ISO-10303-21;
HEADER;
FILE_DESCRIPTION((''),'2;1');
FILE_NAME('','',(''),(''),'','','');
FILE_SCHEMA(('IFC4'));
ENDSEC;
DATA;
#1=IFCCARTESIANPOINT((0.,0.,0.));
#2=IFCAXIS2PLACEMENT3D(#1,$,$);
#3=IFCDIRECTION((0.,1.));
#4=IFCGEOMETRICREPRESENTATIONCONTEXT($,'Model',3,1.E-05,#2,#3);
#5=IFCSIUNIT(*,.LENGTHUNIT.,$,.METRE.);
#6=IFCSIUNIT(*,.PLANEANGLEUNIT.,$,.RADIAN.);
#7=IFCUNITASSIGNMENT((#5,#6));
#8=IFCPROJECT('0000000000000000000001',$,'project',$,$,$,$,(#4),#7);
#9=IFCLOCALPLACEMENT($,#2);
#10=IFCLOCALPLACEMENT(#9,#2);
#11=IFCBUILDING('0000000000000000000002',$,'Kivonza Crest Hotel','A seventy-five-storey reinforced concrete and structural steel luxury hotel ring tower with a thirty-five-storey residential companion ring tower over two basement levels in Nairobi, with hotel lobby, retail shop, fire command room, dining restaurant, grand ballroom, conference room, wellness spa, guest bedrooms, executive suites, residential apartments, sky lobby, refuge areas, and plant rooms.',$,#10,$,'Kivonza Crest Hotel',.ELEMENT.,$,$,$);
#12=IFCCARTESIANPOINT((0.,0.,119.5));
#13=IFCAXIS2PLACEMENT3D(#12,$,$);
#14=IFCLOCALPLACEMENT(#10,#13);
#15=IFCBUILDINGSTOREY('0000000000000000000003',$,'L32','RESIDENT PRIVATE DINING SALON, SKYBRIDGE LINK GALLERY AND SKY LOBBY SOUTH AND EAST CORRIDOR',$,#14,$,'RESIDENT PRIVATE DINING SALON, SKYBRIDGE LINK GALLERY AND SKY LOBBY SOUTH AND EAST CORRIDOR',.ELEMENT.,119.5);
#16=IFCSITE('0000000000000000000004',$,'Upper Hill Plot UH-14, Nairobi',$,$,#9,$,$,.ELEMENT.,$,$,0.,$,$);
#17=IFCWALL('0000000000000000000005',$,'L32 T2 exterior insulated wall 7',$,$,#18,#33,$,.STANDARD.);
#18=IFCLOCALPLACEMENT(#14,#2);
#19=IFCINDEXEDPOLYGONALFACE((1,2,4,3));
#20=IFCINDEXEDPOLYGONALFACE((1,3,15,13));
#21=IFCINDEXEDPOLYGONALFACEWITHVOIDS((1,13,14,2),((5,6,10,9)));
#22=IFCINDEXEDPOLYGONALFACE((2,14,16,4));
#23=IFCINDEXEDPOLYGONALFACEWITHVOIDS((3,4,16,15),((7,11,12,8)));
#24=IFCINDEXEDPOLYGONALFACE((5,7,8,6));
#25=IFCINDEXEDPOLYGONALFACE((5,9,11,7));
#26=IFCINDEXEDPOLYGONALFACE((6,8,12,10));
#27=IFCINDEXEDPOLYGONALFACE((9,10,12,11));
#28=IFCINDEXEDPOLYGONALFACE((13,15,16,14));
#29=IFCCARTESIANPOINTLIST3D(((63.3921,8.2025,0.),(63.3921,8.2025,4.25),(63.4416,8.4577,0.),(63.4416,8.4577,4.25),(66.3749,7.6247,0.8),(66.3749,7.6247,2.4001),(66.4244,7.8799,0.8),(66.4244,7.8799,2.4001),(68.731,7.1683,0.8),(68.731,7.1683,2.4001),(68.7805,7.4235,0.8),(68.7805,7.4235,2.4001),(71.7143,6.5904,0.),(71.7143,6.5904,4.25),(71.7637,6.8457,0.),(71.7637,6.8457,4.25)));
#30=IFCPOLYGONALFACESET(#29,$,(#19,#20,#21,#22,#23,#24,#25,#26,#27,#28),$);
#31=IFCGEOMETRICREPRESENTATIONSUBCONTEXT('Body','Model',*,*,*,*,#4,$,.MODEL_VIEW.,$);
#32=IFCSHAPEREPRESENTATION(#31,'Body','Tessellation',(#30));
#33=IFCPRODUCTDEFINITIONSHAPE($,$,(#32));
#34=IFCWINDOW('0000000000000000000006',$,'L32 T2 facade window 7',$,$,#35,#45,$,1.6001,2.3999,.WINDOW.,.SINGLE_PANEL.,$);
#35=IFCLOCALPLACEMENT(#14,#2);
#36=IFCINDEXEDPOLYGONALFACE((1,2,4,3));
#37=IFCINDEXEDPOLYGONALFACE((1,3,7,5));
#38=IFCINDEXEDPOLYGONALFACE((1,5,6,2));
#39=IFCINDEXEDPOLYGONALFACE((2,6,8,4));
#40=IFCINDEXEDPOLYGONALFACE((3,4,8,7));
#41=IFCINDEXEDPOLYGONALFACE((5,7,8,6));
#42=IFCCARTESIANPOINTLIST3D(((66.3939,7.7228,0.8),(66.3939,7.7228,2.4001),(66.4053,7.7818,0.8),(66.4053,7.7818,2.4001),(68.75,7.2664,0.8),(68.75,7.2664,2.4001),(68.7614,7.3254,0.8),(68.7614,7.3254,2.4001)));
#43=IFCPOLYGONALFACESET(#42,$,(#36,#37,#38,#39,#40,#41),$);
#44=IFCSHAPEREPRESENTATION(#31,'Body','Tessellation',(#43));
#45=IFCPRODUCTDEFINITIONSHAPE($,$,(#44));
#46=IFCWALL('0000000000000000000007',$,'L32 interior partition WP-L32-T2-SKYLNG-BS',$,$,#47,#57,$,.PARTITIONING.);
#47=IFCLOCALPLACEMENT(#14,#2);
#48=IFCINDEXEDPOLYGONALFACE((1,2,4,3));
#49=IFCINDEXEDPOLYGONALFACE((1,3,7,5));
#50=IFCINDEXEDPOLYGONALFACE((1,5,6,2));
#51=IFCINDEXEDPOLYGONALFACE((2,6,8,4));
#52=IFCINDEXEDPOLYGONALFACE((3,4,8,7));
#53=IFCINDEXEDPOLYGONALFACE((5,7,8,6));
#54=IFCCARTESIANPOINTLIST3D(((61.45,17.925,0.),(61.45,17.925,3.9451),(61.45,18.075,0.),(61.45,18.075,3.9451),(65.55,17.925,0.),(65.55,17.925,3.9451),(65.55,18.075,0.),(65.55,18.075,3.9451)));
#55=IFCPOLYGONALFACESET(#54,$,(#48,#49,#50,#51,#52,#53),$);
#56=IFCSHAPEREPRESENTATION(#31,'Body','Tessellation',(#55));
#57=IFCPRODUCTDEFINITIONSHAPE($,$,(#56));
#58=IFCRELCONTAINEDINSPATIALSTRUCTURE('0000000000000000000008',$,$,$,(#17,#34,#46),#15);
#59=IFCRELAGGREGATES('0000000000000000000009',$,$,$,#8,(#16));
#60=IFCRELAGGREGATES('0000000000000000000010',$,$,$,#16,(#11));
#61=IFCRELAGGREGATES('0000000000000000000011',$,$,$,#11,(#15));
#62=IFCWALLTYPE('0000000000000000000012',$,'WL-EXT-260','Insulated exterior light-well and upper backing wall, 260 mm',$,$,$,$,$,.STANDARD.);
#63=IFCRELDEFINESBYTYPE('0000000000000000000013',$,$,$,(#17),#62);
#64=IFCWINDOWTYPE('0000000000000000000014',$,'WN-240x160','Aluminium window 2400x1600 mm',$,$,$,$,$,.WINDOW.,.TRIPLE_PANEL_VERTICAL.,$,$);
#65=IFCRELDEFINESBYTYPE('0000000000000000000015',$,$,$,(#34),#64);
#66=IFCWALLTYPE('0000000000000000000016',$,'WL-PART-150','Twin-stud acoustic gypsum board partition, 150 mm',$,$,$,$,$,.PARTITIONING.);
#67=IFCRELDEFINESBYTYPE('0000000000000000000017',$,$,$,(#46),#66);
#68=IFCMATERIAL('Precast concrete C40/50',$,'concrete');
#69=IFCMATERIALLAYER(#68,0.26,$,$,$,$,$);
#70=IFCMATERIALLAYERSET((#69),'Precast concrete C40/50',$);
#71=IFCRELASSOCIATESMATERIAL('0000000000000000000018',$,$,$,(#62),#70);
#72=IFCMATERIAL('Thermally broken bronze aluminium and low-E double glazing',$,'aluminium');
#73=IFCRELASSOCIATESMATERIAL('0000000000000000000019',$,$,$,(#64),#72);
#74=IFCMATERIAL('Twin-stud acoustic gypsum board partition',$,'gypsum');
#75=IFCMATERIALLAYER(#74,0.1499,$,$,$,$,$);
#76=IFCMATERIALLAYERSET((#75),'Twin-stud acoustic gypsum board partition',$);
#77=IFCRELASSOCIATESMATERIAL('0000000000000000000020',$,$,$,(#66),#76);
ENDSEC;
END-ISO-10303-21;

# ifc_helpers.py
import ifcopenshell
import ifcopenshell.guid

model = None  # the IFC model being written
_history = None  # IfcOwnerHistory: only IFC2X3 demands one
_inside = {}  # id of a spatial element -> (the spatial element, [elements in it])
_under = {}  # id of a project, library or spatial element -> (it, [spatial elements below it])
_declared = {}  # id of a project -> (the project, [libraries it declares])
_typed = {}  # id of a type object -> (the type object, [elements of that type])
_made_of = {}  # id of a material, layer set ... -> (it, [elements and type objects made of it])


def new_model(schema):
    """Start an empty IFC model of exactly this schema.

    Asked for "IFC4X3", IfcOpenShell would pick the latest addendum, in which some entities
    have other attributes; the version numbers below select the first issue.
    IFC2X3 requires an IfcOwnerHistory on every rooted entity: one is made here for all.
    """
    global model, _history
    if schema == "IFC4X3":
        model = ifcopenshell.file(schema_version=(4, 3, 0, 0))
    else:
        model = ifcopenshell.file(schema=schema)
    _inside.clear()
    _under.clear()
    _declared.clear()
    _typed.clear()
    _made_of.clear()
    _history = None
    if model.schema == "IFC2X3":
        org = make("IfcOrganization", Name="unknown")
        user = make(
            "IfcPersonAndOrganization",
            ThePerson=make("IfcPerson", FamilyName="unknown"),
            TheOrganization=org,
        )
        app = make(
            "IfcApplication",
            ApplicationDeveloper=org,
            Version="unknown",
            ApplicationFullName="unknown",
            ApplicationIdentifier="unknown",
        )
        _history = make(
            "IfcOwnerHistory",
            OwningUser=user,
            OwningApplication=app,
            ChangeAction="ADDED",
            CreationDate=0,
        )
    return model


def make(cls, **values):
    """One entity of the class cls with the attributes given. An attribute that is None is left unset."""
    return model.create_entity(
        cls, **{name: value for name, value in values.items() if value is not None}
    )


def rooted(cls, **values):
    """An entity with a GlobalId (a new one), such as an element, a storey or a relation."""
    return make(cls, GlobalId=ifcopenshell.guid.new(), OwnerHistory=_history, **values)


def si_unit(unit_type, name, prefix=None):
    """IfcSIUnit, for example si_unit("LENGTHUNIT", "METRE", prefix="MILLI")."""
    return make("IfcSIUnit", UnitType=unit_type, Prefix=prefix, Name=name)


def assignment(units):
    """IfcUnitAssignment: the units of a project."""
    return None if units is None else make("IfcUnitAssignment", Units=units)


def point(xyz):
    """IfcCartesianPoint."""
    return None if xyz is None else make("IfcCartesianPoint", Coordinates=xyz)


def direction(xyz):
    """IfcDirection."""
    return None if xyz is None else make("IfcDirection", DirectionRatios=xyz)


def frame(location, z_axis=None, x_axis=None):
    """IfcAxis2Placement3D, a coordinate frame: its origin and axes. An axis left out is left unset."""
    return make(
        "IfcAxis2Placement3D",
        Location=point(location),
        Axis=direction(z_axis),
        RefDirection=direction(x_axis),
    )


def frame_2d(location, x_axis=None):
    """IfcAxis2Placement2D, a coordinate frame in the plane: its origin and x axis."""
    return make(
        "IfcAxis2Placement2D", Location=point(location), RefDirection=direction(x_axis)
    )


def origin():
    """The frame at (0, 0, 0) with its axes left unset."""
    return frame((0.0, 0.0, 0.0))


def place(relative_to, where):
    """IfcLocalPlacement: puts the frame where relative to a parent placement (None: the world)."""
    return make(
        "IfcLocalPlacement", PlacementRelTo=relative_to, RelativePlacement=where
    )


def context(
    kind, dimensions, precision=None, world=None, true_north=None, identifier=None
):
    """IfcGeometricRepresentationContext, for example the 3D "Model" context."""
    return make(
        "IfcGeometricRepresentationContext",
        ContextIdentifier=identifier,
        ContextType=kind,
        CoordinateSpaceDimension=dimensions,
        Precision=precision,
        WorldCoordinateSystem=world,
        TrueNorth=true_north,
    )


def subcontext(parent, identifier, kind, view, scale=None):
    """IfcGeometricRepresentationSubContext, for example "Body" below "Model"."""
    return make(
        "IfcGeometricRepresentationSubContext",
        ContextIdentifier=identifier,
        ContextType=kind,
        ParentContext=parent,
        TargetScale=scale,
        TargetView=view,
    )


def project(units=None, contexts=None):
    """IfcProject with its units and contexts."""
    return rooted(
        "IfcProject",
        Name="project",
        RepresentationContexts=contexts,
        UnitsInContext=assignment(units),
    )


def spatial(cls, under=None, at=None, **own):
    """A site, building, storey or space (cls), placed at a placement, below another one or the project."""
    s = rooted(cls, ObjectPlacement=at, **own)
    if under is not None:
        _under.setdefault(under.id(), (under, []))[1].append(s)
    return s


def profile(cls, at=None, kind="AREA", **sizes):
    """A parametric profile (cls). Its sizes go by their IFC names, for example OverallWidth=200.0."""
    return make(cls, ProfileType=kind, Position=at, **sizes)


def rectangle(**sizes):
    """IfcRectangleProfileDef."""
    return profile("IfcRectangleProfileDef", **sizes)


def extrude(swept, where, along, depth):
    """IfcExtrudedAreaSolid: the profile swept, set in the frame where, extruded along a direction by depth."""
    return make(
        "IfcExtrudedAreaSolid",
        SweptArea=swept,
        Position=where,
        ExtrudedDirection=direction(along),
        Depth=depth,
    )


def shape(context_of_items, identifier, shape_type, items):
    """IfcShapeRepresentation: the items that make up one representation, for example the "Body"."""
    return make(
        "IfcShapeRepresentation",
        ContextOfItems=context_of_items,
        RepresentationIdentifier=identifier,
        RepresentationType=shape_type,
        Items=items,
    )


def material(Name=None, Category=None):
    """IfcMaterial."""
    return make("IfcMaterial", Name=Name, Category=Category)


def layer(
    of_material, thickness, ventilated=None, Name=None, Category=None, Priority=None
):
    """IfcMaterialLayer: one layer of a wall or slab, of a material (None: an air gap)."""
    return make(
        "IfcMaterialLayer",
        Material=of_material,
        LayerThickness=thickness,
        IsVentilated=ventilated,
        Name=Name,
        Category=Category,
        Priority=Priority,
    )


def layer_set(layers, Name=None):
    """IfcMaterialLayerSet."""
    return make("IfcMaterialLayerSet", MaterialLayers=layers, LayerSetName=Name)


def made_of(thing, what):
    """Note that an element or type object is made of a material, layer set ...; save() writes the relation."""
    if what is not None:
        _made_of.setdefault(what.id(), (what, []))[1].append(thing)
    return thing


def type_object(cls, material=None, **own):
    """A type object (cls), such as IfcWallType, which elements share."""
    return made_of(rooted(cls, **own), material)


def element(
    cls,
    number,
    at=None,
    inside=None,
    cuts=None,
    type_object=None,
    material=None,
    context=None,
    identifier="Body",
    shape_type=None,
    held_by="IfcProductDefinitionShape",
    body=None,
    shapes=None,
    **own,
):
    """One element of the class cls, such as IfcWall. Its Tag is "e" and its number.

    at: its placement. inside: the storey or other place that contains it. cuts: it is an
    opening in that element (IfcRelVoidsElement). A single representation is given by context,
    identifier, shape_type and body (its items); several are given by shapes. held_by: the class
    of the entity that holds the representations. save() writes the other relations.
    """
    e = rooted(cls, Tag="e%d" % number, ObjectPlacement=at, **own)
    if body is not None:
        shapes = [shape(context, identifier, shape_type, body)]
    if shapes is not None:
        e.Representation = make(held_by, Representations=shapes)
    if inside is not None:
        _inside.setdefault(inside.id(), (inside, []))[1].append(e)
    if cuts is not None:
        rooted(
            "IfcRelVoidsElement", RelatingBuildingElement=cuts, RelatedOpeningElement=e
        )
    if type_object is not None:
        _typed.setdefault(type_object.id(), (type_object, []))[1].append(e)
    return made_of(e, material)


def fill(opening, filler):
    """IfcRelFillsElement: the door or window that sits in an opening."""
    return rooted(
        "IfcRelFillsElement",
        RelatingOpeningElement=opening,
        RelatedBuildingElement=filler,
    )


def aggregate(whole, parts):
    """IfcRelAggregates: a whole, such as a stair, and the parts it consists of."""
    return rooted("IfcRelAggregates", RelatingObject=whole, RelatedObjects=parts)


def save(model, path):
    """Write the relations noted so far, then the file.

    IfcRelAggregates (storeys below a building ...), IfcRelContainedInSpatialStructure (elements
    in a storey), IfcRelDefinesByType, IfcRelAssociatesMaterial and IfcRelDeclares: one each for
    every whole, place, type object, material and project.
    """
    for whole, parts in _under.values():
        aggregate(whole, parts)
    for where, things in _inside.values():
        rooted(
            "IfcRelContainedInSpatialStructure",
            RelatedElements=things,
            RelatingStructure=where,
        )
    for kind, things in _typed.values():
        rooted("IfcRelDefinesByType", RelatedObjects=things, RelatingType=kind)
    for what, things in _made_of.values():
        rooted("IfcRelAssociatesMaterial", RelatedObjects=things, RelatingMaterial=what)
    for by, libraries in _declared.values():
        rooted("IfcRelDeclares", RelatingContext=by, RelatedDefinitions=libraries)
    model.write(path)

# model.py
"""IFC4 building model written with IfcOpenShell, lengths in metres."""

from ifc_helpers import new_model, si_unit, direction, frame, frame_2d, origin, place, context, subcontext, project, spatial, rectangle, extrude, material, layer, layer_set, type_object, element, fill, save


model = new_model("IFC4")

# Units and contexts
model_context = context("Model", 3, precision=1e-05, world=origin(), true_north=direction((0.0, 1.0)))
body_context = subcontext(model_context, "Body", "Model", "MODEL_VIEW")
ifc_project = project(units=[si_unit("LENGTHUNIT", "METRE"), si_unit("PLANEANGLEUNIT", "RADIAN")], contexts=[model_context])

# Site, building, storey
site_placement = place(None, origin())
site = spatial("IfcSite", under=ifc_project, at=site_placement, Name="Upper Hill Plot UH-14, Nairobi", CompositionType="ELEMENT", RefElevation=0.0)
building_placement = place(site_placement, origin())
building = spatial("IfcBuilding", under=site, at=building_placement, Name="Kivonza Crest Hotel", Description="A seventy-five-storey reinforced concrete and structural steel luxury hotel ring tower with a thirty-five-storey residential companion ring tower over two basement levels in Nairobi, with hotel lobby, retail shop, fire command room, dining restaurant, grand ballroom, conference room, wellness spa, guest bedrooms, executive suites, residential apartments, sky lobby, refuge areas, and plant rooms.", LongName="Kivonza Crest Hotel", CompositionType="ELEMENT")
storey_placement = place(building_placement, frame((0.0, 0.0, 119.5)))
storey = spatial("IfcBuildingStorey", under=building, at=storey_placement, Name="L32", Description="RESIDENT PRIVATE DINING SALON, SKYBRIDGE LINK GALLERY AND SKY LOBBY SOUTH AND EAST CORRIDOR", LongName="RESIDENT PRIVATE DINING SALON, SKYBRIDGE LINK GALLERY AND SKY LOBBY SOUTH AND EAST CORRIDOR", CompositionType="ELEMENT", Elevation=119.5)

# Shared definitions
ifc_material_1 = material(Name="Precast concrete C40/50", Category="concrete")
ifc_layer_1 = layer(ifc_material_1, 0.26)
ifc_layer_set_1 = layer_set([ifc_layer_1], Name="Precast concrete C40/50")
wall_type_1 = type_object("IfcWallType", Name="WL-EXT-260", Description="Insulated exterior light-well and upper backing wall, 260 mm", PredefinedType="STANDARD", material=ifc_layer_set_1)

# Wall, opening, window
wall_1_placement = place(storey_placement, frame((63.417, 8.3301, 0.0), z_axis=(0.0, 0.0, 1.0), x_axis=(0.98175, -0.190175, 0.0)))
wall_1 = element("IfcWall", 1, at=wall_1_placement, inside=storey, type_object=wall_type_1, Name="L32 T2 exterior insulated wall 7", PredefinedType="STANDARD", context=body_context, shape_type="SweptSolid", body=[
    extrude(rectangle(XDim=8.4768, YDim=0.26, at=frame_2d((4.2383, 0.0))), origin(), (0.0, 0.0, 1.0), 4.25),
])
opening_1_placement = place(wall_1_placement, frame((3.0381, 0.0, 0.8)))
opening_1 = element("IfcOpeningElement", 2, at=opening_1_placement, cuts=wall_1, PredefinedType="OPENING", context=body_context, shape_type="SweptSolid", body=[
    extrude(rectangle(XDim=2.3999, YDim=1.6001, at=frame_2d((1.2, 0.8))), frame((0.0, 0.1401, 0.0), z_axis=(0.0, -1.0, 0.0), x_axis=(1.0, 0.0, 0.0)), (0.0, 0.0, 1.0), 0.28),
])
ifc_material_2 = material(Name="Thermally broken bronze aluminium and low-E double glazing", Category="aluminium")
window_type = type_object("IfcWindowType", Name="WN-240x160", Description="Aluminium window 2400x1600 mm", PartitioningType="TRIPLE_PANEL_VERTICAL", PredefinedType="WINDOW", material=ifc_material_2)
window_placement = place(opening_1_placement, origin())
window = element("IfcWindow", 3, at=window_placement, inside=storey, type_object=window_type, Name="L32 T2 facade window 7", OverallHeight=1.6001, OverallWidth=2.3999, PartitioningType="SINGLE_PANEL", PredefinedType="WINDOW", context=body_context, shape_type="SweptSolid", body=[
    extrude(rectangle(XDim=2.3999, YDim=1.6001, at=frame_2d((1.2, 0.8))), frame((0.0, 0.03, 0.0), z_axis=(0.0, -1.0, 0.0), x_axis=(1.0, 0.0, 0.0)), (0.0, 0.0, 1.0), 0.0601),
])
fill(opening_1, window)

# Wall
ifc_material_3 = material(Name="Twin-stud acoustic gypsum board partition", Category="gypsum")
ifc_layer_2 = layer(ifc_material_3, 0.1499)
ifc_layer_set_2 = layer_set([ifc_layer_2], Name="Twin-stud acoustic gypsum board partition")
wall_type_2 = type_object("IfcWallType", Name="WL-PART-150", Description="Twin-stud acoustic gypsum board partition, 150 mm", PredefinedType="PARTITIONING", material=ifc_layer_set_2)
wall_2_placement = place(storey_placement, frame((61.45, 18.0, 0.0), z_axis=(0.0, 0.0, 1.0), x_axis=(1.0, 0.0, 0.0)))
element("IfcWall", 4, at=wall_2_placement, inside=storey, type_object=wall_type_2, Name="L32 interior partition WP-L32-T2-SKYLNG-BS", PredefinedType="PARTITIONING", context=body_context, shape_type="SweptSolid", body=[
    extrude(rectangle(XDim=4.1001, YDim=0.1499, at=frame_2d((2.05, 0.0))), origin(), (0.0, 0.0, 1.0), 3.9451),
])

save(model, "model.ifc")
